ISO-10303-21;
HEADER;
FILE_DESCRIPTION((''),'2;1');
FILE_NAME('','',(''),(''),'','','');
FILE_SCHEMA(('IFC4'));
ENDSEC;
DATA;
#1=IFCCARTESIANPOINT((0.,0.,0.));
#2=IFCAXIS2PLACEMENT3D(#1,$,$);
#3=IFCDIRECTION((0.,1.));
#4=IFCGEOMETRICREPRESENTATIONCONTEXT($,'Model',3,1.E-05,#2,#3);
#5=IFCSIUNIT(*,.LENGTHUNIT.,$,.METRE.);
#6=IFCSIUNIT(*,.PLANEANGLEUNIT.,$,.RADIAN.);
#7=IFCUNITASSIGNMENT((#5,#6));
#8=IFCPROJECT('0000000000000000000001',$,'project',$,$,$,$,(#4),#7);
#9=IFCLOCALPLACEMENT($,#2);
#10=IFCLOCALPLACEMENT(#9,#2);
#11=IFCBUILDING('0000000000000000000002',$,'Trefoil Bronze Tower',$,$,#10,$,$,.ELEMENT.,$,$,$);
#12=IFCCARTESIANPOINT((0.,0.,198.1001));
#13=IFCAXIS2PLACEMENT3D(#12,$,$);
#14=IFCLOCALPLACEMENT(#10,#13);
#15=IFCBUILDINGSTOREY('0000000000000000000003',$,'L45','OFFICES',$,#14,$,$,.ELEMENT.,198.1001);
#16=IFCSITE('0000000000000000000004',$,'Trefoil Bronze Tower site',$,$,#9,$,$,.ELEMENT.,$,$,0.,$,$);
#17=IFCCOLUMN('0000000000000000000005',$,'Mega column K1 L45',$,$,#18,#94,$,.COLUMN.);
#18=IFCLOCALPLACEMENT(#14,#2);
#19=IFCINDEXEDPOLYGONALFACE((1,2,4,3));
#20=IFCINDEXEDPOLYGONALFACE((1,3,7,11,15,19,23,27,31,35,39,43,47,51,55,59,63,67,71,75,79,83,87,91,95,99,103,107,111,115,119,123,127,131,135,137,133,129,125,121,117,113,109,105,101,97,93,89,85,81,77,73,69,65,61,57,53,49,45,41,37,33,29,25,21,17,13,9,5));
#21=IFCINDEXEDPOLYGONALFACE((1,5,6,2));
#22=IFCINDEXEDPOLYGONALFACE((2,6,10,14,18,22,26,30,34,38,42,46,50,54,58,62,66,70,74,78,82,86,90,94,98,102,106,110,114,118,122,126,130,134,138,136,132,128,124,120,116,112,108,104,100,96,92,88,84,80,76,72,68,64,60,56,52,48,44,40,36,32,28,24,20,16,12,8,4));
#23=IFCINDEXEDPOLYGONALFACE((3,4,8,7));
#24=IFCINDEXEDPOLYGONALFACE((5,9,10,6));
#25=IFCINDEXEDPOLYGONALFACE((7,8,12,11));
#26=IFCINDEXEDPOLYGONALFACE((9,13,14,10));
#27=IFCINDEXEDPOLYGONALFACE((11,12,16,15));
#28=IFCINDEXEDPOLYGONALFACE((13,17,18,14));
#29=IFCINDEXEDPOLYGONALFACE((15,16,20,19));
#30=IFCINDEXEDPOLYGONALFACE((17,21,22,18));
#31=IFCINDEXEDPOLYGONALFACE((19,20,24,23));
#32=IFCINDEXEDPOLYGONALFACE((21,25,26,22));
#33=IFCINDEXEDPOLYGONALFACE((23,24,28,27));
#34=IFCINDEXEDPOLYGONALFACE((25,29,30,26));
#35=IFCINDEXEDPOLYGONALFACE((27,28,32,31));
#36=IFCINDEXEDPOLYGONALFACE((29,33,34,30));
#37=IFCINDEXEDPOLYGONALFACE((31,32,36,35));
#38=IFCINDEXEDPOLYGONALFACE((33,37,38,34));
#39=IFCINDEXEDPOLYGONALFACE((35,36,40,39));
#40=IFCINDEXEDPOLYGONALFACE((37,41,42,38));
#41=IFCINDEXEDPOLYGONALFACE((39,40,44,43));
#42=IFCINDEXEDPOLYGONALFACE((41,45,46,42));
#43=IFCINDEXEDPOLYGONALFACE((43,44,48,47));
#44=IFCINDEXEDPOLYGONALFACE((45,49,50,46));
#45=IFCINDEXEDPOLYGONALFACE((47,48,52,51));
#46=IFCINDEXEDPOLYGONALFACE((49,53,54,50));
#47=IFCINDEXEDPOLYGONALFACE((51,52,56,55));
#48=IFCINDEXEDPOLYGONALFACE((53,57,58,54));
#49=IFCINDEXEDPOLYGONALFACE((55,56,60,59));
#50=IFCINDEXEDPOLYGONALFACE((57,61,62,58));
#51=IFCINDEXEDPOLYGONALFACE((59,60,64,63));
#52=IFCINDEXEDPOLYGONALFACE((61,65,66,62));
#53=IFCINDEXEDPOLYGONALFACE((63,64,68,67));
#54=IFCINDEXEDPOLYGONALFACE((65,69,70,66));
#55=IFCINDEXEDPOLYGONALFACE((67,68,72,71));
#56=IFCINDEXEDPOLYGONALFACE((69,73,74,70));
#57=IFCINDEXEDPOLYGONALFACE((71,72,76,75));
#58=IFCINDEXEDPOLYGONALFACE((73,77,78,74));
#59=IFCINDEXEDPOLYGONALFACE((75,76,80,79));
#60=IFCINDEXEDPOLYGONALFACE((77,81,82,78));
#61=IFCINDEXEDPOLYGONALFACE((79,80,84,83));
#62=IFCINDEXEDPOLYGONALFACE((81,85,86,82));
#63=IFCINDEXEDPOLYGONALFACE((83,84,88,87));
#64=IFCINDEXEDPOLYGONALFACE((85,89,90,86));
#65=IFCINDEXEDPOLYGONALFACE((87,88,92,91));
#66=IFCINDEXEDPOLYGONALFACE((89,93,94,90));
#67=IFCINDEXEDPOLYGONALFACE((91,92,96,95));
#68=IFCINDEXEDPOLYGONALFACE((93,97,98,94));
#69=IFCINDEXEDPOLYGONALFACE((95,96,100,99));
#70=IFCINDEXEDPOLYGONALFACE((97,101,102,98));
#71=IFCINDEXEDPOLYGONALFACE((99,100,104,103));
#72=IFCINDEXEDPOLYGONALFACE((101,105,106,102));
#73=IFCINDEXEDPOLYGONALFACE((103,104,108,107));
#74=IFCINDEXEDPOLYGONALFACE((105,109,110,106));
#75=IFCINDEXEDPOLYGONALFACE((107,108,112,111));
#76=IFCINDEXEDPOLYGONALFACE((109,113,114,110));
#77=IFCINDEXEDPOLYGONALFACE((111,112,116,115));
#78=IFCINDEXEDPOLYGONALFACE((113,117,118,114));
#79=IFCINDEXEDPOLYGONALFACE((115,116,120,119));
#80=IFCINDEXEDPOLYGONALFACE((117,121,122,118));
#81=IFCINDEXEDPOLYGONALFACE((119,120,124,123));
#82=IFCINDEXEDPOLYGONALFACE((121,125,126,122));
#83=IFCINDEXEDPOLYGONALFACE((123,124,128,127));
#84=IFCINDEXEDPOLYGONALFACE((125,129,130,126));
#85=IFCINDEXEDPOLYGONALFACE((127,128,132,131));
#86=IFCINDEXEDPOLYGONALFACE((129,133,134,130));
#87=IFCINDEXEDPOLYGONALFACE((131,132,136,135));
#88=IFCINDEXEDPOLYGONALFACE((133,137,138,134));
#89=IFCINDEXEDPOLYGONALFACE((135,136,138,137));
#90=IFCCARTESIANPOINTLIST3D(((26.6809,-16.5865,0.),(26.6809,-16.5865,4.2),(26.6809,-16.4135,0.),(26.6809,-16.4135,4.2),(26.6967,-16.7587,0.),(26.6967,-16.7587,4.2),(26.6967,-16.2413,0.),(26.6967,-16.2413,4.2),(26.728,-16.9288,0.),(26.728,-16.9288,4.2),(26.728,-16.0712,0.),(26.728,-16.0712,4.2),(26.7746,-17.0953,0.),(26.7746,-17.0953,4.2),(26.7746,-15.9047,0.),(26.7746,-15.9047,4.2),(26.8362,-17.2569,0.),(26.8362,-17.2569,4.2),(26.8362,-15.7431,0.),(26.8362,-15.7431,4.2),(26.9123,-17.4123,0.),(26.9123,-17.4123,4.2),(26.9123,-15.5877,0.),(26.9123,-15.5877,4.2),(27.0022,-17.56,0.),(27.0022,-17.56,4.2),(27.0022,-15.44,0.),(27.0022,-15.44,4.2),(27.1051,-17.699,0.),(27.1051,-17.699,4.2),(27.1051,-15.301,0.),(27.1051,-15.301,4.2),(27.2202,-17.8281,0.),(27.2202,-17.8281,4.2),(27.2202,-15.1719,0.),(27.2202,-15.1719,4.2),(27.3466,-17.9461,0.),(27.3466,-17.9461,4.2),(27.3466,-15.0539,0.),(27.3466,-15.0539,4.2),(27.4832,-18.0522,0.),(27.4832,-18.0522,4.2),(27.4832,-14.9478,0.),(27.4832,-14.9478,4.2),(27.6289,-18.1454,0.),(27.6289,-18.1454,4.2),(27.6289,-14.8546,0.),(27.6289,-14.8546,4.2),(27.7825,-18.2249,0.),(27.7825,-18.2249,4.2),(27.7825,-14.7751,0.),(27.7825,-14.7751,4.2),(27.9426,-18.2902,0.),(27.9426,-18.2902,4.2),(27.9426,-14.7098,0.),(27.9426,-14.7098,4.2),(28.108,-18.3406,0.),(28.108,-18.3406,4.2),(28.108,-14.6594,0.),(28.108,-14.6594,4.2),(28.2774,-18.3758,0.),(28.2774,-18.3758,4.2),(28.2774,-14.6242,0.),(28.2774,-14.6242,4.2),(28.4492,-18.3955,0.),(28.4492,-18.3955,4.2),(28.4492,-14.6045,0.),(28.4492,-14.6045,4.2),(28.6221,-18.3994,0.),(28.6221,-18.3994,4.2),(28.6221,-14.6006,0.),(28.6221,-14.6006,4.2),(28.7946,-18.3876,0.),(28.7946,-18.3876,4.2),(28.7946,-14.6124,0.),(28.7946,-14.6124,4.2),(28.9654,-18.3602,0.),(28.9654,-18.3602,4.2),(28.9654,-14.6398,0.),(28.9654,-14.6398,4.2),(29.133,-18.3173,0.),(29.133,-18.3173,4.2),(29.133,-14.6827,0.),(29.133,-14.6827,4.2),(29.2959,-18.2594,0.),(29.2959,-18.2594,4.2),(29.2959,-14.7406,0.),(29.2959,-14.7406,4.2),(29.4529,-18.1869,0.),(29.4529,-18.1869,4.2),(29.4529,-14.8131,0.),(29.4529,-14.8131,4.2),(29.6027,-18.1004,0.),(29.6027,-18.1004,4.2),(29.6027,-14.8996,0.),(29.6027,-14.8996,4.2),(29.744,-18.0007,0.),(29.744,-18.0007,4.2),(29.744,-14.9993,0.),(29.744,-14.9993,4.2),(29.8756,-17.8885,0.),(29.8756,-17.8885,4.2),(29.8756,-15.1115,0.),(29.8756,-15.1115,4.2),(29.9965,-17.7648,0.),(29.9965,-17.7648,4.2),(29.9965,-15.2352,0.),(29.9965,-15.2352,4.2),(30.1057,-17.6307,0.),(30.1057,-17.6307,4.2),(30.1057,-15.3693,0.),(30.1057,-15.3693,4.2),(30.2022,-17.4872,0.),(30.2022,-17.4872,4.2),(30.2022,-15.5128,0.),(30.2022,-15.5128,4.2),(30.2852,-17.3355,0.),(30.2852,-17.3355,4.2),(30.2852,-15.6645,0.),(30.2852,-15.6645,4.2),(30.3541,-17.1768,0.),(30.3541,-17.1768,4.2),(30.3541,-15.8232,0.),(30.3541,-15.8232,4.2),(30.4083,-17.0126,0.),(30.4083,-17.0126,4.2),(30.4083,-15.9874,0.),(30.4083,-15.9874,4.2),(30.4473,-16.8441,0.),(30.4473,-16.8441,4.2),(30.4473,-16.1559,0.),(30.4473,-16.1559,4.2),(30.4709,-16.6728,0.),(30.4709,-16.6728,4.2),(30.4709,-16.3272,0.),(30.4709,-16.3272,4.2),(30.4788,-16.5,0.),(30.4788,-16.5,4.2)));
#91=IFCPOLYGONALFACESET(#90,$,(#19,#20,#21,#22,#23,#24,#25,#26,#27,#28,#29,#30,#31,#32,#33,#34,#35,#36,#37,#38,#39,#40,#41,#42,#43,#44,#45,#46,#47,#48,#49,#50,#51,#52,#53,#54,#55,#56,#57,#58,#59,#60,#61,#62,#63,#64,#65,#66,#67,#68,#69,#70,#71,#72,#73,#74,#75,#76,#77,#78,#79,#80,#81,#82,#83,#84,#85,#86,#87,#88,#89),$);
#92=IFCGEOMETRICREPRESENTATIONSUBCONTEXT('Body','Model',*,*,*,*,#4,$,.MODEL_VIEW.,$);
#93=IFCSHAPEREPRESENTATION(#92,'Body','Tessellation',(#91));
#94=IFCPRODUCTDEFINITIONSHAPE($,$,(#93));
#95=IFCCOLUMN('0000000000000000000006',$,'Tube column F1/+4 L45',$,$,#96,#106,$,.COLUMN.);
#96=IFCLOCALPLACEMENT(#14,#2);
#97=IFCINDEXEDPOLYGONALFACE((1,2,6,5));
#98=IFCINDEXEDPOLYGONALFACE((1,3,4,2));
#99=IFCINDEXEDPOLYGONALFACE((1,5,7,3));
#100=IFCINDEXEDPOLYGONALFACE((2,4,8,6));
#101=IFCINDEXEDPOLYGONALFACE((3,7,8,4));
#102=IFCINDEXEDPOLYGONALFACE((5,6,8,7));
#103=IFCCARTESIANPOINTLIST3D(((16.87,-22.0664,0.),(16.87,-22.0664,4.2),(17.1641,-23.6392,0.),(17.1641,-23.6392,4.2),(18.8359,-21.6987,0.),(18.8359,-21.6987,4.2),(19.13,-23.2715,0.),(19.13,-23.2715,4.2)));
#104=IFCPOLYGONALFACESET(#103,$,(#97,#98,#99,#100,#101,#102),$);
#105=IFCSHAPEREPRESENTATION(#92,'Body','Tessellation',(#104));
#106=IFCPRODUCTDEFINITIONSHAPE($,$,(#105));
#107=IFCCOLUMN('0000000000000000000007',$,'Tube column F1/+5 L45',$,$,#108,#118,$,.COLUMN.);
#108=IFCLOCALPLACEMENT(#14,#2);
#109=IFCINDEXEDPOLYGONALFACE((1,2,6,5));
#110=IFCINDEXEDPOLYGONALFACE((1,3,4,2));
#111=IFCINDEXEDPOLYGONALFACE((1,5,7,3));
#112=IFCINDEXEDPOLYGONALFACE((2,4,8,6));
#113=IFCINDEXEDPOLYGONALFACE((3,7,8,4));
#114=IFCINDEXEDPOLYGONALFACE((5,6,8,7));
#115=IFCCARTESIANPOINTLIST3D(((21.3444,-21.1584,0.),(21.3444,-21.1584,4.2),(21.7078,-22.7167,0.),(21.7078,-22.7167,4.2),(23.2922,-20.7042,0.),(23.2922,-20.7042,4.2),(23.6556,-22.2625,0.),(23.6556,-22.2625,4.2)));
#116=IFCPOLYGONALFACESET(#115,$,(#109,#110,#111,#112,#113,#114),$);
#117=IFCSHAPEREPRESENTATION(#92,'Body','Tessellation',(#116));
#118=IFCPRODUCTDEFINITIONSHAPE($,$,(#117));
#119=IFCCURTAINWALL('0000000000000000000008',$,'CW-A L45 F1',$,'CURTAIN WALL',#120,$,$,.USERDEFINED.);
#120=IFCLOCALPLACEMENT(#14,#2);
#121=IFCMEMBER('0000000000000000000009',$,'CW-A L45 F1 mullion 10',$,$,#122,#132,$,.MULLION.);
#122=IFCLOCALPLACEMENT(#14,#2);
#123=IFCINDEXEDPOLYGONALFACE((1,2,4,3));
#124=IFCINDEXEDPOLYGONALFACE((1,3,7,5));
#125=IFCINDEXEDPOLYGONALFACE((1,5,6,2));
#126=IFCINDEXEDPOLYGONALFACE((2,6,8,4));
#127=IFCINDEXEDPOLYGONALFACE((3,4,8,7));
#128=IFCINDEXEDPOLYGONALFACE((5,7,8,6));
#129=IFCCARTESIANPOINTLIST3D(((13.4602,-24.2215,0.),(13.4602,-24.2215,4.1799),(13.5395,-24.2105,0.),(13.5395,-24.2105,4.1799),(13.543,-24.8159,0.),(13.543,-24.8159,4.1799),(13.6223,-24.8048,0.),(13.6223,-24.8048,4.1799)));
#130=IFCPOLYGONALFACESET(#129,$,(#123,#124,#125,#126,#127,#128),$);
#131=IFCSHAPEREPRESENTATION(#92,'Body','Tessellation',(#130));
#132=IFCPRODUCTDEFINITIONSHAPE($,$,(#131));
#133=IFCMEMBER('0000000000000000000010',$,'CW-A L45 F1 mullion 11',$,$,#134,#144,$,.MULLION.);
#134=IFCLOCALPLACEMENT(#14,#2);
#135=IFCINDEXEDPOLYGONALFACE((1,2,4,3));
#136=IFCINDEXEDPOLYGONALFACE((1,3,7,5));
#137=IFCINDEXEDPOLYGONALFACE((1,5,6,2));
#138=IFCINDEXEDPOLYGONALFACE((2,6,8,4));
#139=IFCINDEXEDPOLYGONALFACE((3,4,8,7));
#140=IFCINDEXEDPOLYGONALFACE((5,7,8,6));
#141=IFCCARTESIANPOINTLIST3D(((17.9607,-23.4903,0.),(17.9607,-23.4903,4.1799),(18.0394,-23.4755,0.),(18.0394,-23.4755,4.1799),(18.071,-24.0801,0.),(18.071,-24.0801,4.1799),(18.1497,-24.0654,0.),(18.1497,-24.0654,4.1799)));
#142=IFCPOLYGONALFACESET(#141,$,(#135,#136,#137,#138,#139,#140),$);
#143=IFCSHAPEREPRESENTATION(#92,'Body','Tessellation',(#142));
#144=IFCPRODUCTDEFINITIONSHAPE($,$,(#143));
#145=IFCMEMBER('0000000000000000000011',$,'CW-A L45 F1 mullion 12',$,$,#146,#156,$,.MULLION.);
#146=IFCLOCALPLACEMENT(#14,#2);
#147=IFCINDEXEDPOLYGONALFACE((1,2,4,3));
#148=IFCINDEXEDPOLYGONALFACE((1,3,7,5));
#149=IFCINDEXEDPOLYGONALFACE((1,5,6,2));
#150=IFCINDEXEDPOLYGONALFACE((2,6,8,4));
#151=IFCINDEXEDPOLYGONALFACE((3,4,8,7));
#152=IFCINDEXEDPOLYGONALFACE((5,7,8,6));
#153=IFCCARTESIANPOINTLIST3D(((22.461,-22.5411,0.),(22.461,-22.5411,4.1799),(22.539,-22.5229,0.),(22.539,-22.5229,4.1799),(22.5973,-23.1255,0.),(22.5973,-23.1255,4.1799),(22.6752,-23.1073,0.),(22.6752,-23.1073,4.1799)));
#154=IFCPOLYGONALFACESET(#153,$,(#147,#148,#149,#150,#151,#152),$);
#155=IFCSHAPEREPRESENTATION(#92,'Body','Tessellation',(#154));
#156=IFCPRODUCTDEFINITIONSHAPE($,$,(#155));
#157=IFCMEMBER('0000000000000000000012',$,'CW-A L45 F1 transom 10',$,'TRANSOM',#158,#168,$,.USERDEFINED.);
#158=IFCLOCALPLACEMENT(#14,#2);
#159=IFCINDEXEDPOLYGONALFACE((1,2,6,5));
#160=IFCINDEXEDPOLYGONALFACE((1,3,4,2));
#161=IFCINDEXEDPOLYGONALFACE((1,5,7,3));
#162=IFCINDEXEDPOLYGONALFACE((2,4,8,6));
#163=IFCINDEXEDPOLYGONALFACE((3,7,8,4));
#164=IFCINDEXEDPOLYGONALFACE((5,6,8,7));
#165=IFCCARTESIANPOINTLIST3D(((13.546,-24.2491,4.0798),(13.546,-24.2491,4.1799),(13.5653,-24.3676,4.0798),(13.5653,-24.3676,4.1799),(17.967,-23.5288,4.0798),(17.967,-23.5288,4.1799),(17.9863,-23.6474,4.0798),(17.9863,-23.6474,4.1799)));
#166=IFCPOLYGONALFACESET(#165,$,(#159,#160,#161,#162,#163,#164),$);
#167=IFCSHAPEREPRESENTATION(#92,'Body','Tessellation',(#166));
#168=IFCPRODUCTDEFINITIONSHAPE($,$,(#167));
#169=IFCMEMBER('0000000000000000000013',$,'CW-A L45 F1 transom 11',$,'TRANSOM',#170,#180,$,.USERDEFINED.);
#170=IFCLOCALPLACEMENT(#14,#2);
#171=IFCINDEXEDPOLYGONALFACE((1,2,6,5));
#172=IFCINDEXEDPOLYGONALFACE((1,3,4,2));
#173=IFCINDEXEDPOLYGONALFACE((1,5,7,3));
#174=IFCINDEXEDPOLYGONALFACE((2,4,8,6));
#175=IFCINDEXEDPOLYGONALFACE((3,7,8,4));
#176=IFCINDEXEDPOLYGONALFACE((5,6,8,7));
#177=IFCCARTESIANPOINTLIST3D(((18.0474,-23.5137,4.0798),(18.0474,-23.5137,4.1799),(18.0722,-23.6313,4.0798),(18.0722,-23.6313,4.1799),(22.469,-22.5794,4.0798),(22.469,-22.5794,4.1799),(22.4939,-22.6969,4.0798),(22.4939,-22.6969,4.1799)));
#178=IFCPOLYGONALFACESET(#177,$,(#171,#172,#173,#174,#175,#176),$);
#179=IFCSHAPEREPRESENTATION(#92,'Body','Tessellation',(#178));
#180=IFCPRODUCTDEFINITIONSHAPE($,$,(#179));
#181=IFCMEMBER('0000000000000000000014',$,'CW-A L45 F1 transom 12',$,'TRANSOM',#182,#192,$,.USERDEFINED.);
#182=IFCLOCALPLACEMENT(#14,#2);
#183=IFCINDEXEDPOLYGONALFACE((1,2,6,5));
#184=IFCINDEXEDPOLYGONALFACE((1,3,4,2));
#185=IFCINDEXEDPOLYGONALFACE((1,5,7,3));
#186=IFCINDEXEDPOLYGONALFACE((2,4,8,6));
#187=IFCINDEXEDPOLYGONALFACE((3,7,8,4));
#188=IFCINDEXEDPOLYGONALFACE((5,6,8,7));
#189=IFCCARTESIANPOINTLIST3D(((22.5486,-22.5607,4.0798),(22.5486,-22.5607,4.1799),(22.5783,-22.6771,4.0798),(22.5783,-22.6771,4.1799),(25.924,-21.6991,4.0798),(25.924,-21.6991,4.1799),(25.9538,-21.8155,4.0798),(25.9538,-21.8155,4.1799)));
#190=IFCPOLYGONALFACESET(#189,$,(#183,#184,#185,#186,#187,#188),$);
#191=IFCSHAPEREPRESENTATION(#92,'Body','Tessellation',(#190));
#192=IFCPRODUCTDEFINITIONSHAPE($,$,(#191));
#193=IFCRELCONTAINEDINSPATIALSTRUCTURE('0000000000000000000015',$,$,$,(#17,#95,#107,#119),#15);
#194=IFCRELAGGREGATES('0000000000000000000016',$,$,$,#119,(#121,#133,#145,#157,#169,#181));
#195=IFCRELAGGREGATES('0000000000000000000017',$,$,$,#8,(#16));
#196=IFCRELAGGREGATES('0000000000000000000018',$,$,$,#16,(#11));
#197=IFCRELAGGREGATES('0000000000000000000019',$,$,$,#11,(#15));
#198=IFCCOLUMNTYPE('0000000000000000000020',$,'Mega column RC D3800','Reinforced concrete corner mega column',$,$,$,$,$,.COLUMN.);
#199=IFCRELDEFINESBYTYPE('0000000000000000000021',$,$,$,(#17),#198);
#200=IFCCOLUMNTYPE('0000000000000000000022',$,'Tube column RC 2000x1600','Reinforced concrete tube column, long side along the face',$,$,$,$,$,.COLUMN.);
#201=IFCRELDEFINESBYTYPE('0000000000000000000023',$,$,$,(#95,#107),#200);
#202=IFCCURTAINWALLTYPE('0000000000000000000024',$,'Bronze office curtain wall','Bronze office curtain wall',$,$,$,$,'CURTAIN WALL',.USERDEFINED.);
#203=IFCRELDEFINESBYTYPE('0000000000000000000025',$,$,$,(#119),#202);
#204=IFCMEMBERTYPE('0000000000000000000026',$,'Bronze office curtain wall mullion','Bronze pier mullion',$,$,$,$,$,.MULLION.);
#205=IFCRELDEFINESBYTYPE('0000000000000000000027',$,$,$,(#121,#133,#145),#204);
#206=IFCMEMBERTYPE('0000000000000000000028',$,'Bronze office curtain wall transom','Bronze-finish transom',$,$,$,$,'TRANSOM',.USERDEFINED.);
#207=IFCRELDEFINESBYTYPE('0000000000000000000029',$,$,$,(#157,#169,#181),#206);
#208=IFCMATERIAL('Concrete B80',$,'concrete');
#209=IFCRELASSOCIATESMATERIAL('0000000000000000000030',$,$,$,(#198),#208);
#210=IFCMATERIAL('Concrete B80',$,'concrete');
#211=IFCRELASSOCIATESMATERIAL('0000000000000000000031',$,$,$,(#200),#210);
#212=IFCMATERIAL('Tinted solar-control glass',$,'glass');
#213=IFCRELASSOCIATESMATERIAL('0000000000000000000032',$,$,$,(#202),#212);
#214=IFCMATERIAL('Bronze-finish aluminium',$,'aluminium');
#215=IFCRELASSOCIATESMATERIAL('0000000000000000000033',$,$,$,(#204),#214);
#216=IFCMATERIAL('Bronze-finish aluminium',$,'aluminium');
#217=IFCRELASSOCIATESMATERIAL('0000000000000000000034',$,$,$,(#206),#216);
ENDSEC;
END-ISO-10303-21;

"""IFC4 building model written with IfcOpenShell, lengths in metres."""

from ifc_helpers import new_model, si_unit, direction, frame, origin, origin_2d, place, context, subcontext, project, spatial, rectangle, circle, extrude, material, material_profile, profile_set, type_object, element, aggregate, save


model = new_model("IFC4")

# Units and contexts
model_context = context("Model", 3, precision=1e-05, world=origin(), true_north=direction((0.0, 1.0)))
body_context = subcontext(model_context, "Body", "Model", "MODEL_VIEW")
ifc_project = project(units=[si_unit("LENGTHUNIT", "METRE"), si_unit("PLANEANGLEUNIT", "RADIAN")], contexts=[model_context])

# Site, building, storey
site_placement = place(None, origin())
site = spatial("IfcSite", under=ifc_project, at=site_placement, Name="Trefoil Bronze Tower site", CompositionType="ELEMENT", RefElevation=0.0)
building_placement = place(site_placement, origin())
building = spatial("IfcBuilding", under=site, at=building_placement, Name="Trefoil Bronze Tower", CompositionType="ELEMENT")
storey_placement = place(building_placement, frame((0.0, 0.0, 198.1001)))
storey = spatial("IfcBuildingStorey", under=building, at=storey_placement, Name="L45", Description="OFFICES", CompositionType="ELEMENT", Elevation=198.1001)

# Columns
ifc_material_1 = material(Name="Concrete B80", Category="concrete")
ifc_material_profile_1 = material_profile(ifc_material_1, circle(Radius=1.8999, at=origin_2d()), Name="RC D3800")
ifc_profile_set_1 = profile_set([ifc_material_profile_1], Name="Concrete B80")
column_type_1 = type_object("IfcColumnType", Name="Mega column RC D3800", Description="Reinforced concrete corner mega column", PredefinedType="COLUMN", material=ifc_profile_set_1)
column_placement = place(storey_placement, frame((28.5789, -16.5, 0.0), z_axis=(0.0, 0.0, 1.0), x_axis=(1.0, 0.0, 0.0)))
element("IfcColumn", 1, at=column_placement, inside=storey, type_object=column_type_1, Name="Mega column K1 L45", PredefinedType="COLUMN", context=body_context, shape_type="SweptSolid", body=[
    extrude(circle(Radius=1.8999, at=origin_2d()), origin(), (0.0, 0.0, 1.0), 4.2),
])
ifc_material_2 = material(Name="Concrete B80", Category="concrete")
ifc_material_profile_2 = material_profile(ifc_material_2, rectangle(XDim=2.0, YDim=1.6001, at=origin_2d()), Name="RC 2000x1600")
ifc_profile_set_2 = profile_set([ifc_material_profile_2], Name="Concrete B80")
column_type_2 = type_object("IfcColumnType", Name="Tube column RC 2000x1600", Description="Reinforced concrete tube column, long side along the face", PredefinedType="COLUMN", material=ifc_profile_set_2)
for number, where, z_axis, x_axis, name in (
    (2, (18.0, -22.6689, 0.0), (0.0, 0.0, 1.0), (0.982959, 0.183825, 0.0), "Tube column F1/+4 L45"),
    (3, (22.5, -21.7104, 0.0), (0.0, 0.0, 1.0), (0.973875, 0.227083, 0.0), "Tube column F1/+5 L45"),
):
    element("IfcColumn", number, at=place(storey_placement, frame(where, z_axis=z_axis, x_axis=x_axis)), inside=storey, type_object=column_type_2, Name=name, PredefinedType="COLUMN", context=body_context, shape_type="SweptSolid", body=[
        extrude(rectangle(XDim=2.0, YDim=1.6001, at=origin_2d()), origin(), (0.0, 0.0, 1.0), 4.2),
    ])

# Curtain wall, members
ifc_material_3 = material(Name="Tinted solar-control glass", Category="glass")
curtain_wall_type_1 = type_object("IfcCurtainWallType", Name="Bronze office curtain wall", Description="Bronze office curtain wall", ElementType="CURTAIN WALL", PredefinedType="USERDEFINED", material=ifc_material_3)
curtain_wall_1_placement = place(storey_placement, origin())
curtain_wall_1 = element("IfcCurtainWall", 4, at=curtain_wall_1_placement, inside=storey, type_object=curtain_wall_type_1, Name="CW-A L45 F1", ObjectType="CURTAIN WALL", PredefinedType="USERDEFINED")
ifc_material_4 = material(Name="Bronze-finish aluminium", Category="aluminium")
ifc_material_profile_3 = material_profile(ifc_material_4, rectangle(XDim=0.6001, YDim=0.0801, at=origin_2d()), Name="CW-A mullion")
ifc_profile_set_3 = profile_set([ifc_material_profile_3], Name="Bronze-finish aluminium")
member_type_1 = type_object("IfcMemberType", Name="Bronze office curtain wall mullion", Description="Bronze pier mullion", PredefinedType="MULLION", material=ifc_profile_set_3)
member_1_placement = place(storey_placement, frame((13.5413, -24.5132, 0.0), z_axis=(0.0, 0.0, 1.0), x_axis=(-0.137868, 0.990451, 0.0)))
member_1 = element("IfcMember", 5, at=member_1_placement, type_object=member_type_1, Name="CW-A L45 F1 mullion 10", PredefinedType="MULLION", context=body_context, shape_type="SweptSolid", body=[
    extrude(rectangle(XDim=0.6001, YDim=0.0801, at=origin_2d()), origin(), (0.0, 0.0, 1.0), 4.1799),
])
member_2_placement = place(storey_placement, frame((18.0552, -23.7778, 0.0), z_axis=(0.0, 0.0, 1.0), x_axis=(-0.183825, 0.982959, 0.0)))
member_2 = element("IfcMember", 6, at=member_2_placement, type_object=member_type_1, Name="CW-A L45 F1 mullion 11", PredefinedType="MULLION", context=body_context, shape_type="SweptSolid", body=[
    extrude(rectangle(XDim=0.6001, YDim=0.0801, at=origin_2d()), origin(), (0.0, 0.0, 1.0), 4.1799),
])
member_3_placement = place(storey_placement, frame((22.5681, -22.8242, 0.0), z_axis=(0.0, 0.0, 1.0), x_axis=(-0.227083, 0.973875, 0.0)))
member_3 = element("IfcMember", 7, at=member_3_placement, type_object=member_type_1, Name="CW-A L45 F1 mullion 12", PredefinedType="MULLION", context=body_context, shape_type="SweptSolid", body=[
    extrude(rectangle(XDim=0.6001, YDim=0.0801, at=origin_2d()), origin(), (0.0, 0.0, 1.0), 4.1799),
])
ifc_material_5 = material(Name="Bronze-finish aluminium", Category="aluminium")
ifc_material_profile_4 = material_profile(ifc_material_5, rectangle(XDim=0.1201, YDim=0.1001, at=origin_2d()), Name="CW-A transom")
ifc_profile_set_4 = profile_set([ifc_material_profile_4], Name="Bronze-finish aluminium")
member_type_2 = type_object("IfcMemberType", Name="Bronze office curtain wall transom", Description="Bronze-finish transom", ElementType="TRANSOM", PredefinedType="USERDEFINED", material=ifc_profile_set_4)
member_4_placement = place(storey_placement, frame((13.5557, -24.3083, 4.1299), z_axis=(0.986988, 0.160792, 0.0), x_axis=(-0.160792, 0.986988, 0.0)))
member_4 = element("IfcMember", 8, at=member_4_placement, type_object=member_type_2, Name="CW-A L45 F1 transom 10", ObjectType="TRANSOM", PredefinedType="USERDEFINED", context=body_context, shape_type="SweptSolid", body=[
    extrude(rectangle(XDim=0.1201, YDim=0.1001, at=origin_2d()), origin(), (0.0, 0.0, 1.0), 4.4792),
])
member_5_placement = place(storey_placement, frame((18.0598, -23.5725, 4.1299), z_axis=(0.978395, 0.206743, 0.0), x_axis=(-0.206743, 0.978395, 0.0)))
member_5 = element("IfcMember", 9, at=member_5_placement, type_object=member_type_2, Name="CW-A L45 F1 transom 11", ObjectType="TRANSOM", PredefinedType="USERDEFINED", context=body_context, shape_type="SweptSolid", body=[
    extrude(rectangle(XDim=0.1201, YDim=0.1001, at=origin_2d()), origin(), (0.0, 0.0, 1.0), 4.5193),
])
member_6_placement = place(storey_placement, frame((22.5635, -22.6189, 4.1299), z_axis=(0.968935, 0.247315, 0.0), x_axis=(-0.247315, 0.968935, 0.0)))
member_6 = element("IfcMember", 10, at=member_6_placement, type_object=member_type_2, Name="CW-A L45 F1 transom 12", ObjectType="TRANSOM", PredefinedType="USERDEFINED", context=body_context, shape_type="SweptSolid", body=[
    extrude(rectangle(XDim=0.1201, YDim=0.1001, at=origin_2d()), origin(), (0.0, 0.0, 1.0), 3.4836),
])

aggregate(curtain_wall_1, [member_1, member_2, member_3, member_4, member_5, member_6])

save(model, "model.ifc")
